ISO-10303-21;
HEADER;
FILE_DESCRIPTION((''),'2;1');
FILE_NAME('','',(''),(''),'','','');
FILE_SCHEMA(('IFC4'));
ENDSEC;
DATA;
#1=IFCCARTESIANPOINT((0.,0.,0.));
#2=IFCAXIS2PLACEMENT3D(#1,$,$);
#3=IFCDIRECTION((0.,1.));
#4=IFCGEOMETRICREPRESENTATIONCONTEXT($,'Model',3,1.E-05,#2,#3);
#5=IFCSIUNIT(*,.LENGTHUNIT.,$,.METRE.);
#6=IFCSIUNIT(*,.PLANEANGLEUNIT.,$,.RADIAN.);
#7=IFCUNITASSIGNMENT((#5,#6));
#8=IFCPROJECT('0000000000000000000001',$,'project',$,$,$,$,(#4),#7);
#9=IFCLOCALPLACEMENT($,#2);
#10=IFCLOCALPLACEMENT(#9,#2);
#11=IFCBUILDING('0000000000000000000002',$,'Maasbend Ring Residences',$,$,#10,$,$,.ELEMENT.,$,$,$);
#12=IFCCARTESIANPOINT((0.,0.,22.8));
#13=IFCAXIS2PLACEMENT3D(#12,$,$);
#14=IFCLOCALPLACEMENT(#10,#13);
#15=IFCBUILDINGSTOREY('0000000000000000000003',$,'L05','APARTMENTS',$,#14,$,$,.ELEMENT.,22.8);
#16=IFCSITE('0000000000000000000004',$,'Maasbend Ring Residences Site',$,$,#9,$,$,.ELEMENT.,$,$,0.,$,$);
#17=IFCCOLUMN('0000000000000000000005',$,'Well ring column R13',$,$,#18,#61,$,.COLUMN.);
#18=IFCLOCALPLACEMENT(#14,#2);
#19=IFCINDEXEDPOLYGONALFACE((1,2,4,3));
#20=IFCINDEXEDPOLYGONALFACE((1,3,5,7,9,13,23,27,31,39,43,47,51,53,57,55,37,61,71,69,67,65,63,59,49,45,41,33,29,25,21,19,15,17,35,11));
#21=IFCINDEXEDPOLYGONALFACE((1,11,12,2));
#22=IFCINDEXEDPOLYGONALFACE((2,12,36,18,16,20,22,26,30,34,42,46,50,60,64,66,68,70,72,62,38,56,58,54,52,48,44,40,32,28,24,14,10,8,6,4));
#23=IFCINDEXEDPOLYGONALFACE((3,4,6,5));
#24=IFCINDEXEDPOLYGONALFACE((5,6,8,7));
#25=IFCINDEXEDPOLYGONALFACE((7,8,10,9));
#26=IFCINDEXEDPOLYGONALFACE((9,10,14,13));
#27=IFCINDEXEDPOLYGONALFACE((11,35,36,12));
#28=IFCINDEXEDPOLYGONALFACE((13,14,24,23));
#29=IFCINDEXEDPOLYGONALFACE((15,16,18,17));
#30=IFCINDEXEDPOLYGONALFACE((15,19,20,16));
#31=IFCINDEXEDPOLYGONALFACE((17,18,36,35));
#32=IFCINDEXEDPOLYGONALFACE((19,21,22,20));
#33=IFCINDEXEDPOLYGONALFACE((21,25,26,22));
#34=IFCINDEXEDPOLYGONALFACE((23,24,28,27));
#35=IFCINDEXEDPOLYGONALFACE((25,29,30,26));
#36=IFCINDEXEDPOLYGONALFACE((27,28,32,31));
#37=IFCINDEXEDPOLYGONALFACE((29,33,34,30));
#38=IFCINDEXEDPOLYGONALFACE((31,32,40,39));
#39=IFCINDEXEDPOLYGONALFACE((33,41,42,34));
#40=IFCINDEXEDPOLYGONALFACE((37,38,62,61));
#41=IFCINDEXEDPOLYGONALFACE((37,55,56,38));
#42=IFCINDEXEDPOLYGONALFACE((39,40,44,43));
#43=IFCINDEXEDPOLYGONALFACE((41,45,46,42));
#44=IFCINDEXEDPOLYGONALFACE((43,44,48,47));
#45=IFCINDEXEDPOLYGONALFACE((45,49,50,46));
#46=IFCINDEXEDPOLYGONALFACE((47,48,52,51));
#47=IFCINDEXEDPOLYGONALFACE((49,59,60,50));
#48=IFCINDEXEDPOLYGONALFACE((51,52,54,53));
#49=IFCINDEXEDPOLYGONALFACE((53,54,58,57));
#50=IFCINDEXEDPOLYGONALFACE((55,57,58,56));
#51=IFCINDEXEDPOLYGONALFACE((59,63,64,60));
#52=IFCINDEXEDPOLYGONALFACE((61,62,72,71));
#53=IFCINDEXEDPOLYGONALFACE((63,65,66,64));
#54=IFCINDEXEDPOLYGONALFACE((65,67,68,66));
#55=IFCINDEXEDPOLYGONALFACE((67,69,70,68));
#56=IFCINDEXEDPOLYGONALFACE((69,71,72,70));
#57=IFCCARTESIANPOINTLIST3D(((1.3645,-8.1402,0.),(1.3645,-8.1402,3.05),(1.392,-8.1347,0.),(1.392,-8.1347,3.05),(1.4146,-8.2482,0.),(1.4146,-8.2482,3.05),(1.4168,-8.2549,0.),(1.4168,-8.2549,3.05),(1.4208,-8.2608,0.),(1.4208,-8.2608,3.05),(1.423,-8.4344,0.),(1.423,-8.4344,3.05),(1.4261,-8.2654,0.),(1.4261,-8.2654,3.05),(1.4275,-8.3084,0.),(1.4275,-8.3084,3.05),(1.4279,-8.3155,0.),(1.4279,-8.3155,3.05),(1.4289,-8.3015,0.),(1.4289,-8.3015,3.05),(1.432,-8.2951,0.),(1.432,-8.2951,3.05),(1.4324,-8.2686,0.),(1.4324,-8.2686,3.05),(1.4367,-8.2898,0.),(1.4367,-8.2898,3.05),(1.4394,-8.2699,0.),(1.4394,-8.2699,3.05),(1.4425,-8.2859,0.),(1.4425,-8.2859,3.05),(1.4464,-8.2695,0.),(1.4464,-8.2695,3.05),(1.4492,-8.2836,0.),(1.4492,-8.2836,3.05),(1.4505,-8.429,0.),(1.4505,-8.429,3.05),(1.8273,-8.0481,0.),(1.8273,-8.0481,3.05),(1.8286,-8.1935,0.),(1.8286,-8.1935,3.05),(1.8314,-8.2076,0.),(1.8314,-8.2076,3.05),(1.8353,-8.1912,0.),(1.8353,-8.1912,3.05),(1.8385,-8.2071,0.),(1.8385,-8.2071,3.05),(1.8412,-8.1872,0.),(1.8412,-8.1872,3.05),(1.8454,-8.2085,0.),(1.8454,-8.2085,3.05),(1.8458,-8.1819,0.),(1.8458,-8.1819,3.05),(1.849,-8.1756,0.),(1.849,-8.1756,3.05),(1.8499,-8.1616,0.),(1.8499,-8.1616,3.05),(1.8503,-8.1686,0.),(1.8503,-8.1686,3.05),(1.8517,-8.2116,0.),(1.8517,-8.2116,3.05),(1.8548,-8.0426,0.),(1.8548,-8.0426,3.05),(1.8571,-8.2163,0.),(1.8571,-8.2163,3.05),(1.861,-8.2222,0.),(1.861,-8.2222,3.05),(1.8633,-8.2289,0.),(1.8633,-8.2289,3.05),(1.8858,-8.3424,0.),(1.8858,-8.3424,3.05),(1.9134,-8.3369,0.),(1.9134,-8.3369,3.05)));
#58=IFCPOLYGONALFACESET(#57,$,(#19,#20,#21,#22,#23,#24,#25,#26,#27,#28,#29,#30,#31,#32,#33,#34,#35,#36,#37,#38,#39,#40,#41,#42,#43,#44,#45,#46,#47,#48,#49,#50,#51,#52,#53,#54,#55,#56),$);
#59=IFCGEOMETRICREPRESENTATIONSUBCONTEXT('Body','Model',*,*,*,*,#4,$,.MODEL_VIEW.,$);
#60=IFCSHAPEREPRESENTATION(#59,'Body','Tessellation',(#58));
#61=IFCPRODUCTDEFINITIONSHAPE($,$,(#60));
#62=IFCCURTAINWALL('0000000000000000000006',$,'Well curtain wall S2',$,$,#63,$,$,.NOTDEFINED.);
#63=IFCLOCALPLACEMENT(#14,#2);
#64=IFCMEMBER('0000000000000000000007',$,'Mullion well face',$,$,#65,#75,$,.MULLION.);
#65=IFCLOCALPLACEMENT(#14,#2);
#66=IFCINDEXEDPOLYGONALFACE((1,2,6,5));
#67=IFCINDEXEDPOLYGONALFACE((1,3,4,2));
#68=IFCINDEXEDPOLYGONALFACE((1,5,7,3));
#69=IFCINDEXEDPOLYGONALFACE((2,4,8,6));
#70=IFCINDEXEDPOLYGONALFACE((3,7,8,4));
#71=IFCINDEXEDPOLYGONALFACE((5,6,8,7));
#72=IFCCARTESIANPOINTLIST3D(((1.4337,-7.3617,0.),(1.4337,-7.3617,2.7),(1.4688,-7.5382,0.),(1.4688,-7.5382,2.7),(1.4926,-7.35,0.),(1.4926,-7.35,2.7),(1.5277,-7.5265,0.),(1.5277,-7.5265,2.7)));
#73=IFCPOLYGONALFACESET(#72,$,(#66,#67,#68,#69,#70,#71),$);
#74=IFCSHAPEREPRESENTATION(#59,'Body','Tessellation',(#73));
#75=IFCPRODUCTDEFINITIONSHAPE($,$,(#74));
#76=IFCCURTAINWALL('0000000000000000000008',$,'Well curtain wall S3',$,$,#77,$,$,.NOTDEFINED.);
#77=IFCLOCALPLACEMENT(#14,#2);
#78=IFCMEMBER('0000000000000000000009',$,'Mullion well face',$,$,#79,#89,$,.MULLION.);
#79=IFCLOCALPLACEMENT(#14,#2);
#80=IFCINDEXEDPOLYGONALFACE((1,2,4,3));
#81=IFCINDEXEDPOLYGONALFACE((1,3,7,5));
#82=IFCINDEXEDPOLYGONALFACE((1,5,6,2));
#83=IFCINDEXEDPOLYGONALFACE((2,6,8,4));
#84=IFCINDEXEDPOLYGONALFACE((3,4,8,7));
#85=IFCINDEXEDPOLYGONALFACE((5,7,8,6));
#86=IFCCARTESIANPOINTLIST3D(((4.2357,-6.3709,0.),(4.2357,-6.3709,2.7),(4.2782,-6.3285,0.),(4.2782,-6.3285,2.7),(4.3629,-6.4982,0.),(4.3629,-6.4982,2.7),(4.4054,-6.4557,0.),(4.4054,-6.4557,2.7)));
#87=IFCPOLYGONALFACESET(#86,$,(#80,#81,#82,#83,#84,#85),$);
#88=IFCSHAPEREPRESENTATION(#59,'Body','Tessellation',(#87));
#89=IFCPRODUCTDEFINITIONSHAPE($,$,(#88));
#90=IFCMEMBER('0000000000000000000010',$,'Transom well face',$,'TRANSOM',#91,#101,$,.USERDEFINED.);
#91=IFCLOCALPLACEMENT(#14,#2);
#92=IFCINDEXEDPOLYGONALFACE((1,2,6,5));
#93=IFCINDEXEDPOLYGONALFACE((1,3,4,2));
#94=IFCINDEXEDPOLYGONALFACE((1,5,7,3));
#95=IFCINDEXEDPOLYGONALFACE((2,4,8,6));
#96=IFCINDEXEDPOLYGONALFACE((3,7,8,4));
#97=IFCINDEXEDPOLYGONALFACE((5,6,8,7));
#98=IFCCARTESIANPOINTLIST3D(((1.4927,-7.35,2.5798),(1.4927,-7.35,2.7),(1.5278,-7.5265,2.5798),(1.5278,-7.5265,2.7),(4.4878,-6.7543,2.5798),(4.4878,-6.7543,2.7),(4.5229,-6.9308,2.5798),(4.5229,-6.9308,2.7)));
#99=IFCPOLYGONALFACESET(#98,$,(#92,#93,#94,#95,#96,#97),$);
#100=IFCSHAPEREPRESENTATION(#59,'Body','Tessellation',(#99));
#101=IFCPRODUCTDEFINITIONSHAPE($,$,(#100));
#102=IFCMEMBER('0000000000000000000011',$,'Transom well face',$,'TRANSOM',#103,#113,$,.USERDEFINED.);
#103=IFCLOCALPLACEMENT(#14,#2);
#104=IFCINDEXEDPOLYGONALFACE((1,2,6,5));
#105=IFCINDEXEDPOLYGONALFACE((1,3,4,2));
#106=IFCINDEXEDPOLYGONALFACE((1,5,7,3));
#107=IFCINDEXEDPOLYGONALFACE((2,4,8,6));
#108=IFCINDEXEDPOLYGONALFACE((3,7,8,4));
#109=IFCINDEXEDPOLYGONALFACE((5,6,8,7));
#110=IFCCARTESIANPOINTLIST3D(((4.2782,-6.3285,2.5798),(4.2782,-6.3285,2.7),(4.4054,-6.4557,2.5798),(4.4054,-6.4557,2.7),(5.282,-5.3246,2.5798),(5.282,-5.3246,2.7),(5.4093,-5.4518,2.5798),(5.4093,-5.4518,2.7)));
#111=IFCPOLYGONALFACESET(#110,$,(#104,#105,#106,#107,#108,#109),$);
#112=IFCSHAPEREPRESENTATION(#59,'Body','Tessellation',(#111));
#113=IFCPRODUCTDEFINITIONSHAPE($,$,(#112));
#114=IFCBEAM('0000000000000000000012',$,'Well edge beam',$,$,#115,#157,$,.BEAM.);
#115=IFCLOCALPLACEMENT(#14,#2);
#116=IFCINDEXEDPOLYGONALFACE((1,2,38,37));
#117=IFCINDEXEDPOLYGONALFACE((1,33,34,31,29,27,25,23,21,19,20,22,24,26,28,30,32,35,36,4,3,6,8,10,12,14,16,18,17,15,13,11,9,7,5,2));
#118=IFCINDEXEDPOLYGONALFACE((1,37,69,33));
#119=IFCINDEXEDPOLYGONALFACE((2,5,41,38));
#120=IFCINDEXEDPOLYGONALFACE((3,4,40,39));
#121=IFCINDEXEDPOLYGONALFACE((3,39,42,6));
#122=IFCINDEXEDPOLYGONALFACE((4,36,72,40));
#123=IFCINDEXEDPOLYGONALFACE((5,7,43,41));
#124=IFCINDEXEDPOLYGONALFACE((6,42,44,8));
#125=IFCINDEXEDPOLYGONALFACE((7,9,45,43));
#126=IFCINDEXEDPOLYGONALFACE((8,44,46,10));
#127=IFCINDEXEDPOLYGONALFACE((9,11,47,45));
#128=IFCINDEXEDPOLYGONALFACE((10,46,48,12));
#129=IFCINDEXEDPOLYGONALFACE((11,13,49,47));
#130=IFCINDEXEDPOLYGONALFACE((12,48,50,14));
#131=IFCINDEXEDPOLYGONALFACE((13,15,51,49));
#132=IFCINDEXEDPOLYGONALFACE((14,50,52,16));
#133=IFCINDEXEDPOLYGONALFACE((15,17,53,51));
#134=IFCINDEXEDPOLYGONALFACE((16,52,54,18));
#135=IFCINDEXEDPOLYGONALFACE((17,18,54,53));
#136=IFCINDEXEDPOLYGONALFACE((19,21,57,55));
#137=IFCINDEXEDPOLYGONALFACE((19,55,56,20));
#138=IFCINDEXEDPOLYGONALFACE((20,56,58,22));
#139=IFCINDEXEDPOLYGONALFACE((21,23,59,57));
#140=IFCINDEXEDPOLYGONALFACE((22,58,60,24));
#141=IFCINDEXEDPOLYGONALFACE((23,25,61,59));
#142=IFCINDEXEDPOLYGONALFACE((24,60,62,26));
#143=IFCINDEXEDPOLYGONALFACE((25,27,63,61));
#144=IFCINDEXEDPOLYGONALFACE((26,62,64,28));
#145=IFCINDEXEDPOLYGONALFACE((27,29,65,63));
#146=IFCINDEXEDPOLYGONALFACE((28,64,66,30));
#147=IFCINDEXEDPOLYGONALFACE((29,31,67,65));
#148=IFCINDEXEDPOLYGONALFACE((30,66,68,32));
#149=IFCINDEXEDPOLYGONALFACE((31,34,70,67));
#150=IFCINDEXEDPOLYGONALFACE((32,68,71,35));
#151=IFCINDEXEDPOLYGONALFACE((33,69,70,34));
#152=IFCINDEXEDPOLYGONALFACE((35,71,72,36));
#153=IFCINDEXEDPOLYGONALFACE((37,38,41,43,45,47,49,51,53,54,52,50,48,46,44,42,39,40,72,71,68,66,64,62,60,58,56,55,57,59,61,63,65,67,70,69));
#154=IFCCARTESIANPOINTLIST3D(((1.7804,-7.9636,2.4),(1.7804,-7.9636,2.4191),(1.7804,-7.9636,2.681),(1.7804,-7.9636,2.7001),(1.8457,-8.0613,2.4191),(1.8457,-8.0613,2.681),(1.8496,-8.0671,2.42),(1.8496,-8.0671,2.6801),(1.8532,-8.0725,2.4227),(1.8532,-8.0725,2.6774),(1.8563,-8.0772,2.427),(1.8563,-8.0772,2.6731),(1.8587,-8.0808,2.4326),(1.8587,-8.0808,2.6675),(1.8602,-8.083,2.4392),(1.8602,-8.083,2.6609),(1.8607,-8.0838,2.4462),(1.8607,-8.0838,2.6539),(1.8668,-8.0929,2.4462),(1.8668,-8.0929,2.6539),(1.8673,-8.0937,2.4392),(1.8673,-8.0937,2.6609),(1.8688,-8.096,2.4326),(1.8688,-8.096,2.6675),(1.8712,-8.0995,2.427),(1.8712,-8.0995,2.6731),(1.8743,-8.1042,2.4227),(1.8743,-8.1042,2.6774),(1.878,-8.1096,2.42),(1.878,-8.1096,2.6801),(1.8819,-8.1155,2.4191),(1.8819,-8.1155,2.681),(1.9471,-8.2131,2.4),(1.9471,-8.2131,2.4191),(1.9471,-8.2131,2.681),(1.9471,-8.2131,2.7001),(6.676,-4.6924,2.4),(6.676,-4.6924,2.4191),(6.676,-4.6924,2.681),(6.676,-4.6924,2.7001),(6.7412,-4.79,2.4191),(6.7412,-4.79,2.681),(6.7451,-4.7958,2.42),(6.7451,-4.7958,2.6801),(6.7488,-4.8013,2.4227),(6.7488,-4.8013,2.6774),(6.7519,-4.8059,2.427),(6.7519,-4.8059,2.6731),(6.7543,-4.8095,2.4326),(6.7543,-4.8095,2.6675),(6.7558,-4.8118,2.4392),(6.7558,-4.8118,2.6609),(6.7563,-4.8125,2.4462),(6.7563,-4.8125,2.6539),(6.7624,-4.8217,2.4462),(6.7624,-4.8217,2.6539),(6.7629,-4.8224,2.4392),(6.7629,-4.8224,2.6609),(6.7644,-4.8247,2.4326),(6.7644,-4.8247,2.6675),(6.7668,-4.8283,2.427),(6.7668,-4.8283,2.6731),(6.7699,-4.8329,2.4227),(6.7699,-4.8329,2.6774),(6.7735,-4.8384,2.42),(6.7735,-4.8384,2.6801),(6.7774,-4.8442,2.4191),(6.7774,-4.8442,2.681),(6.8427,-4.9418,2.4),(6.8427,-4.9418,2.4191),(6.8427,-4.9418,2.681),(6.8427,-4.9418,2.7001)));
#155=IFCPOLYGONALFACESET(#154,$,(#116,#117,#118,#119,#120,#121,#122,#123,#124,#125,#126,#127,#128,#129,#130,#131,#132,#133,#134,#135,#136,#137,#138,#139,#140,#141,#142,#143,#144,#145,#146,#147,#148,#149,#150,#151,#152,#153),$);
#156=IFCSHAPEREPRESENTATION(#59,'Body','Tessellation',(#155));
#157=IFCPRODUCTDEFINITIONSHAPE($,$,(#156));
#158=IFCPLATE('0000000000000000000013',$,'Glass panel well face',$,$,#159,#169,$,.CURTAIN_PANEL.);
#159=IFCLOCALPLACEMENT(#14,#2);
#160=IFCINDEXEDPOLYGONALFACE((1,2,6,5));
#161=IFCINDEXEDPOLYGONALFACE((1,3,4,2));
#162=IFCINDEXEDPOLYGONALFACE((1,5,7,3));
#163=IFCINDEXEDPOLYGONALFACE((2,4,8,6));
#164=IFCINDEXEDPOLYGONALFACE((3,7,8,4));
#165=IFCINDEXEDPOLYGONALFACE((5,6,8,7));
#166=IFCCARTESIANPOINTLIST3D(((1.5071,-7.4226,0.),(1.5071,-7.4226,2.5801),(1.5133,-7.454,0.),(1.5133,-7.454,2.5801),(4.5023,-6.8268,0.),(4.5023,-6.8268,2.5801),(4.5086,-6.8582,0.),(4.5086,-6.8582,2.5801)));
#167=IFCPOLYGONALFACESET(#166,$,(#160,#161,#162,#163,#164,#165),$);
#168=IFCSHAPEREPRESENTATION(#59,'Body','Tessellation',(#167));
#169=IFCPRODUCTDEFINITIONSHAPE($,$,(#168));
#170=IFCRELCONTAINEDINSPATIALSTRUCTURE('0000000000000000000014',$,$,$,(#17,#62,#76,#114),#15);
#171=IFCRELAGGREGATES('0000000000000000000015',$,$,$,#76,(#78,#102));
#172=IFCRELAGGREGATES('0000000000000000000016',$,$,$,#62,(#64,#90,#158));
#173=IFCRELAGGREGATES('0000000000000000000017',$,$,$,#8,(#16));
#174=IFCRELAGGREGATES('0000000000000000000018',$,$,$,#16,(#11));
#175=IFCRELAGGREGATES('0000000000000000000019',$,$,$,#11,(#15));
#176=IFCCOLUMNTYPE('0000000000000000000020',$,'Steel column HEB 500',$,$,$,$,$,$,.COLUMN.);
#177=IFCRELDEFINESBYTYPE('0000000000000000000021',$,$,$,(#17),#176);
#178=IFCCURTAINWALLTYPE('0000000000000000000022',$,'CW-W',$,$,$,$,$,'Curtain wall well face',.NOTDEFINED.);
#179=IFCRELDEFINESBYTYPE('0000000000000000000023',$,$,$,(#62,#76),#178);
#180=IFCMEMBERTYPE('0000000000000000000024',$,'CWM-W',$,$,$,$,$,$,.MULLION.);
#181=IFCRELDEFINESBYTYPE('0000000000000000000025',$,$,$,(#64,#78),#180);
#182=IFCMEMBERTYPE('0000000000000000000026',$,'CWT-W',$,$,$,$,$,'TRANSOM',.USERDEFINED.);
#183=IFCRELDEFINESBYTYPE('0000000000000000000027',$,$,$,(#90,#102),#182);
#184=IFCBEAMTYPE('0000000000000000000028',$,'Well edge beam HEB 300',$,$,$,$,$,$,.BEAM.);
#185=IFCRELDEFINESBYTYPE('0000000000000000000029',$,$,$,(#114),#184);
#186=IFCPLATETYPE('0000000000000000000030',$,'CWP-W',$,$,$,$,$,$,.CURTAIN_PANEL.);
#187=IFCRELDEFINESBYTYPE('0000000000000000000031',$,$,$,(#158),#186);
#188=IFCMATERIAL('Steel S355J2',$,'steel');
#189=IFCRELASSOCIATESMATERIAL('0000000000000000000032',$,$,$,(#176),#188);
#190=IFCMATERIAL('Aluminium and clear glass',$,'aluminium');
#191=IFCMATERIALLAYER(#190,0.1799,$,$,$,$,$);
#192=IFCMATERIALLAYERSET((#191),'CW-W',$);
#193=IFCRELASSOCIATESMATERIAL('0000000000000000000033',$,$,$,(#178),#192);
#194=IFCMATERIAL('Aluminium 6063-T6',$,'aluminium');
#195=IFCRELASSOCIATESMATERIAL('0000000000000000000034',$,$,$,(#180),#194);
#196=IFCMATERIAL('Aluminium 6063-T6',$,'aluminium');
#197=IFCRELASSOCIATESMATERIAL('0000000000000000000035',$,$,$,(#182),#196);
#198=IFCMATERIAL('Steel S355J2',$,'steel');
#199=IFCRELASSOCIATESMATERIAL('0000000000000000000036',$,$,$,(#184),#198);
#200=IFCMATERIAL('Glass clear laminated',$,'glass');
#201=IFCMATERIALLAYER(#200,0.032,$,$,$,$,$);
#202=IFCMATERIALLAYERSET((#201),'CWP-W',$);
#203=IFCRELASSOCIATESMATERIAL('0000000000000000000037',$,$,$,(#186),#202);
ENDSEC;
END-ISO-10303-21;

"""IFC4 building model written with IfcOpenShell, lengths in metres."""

from ifc_helpers import new_model, si_unit, direction, frame, origin, origin_2d, place, context, subcontext, project, spatial, rectangle, i_section, extrude, material, layer, layer_set, material_profile, profile_set, type_object, element, aggregate, save


model = new_model("IFC4")

# Units and contexts
model_context = context("Model", 3, precision=1e-05, world=origin(), true_north=direction((0.0, 1.0)))
body_context = subcontext(model_context, "Body", "Model", "MODEL_VIEW")
ifc_project = project(units=[si_unit("LENGTHUNIT", "METRE"), si_unit("PLANEANGLEUNIT", "RADIAN")], contexts=[model_context])

# Site, building, storey
site_placement = place(None, origin())
site = spatial("IfcSite", under=ifc_project, at=site_placement, Name="Maasbend Ring Residences Site", CompositionType="ELEMENT", RefElevation=0.0)
building_placement = place(site_placement, origin())
building = spatial("IfcBuilding", under=site, at=building_placement, Name="Maasbend Ring Residences", CompositionType="ELEMENT")
storey_placement = place(building_placement, frame((0.0, 0.0, 22.8)))
storey = spatial("IfcBuildingStorey", under=building, at=storey_placement, Name="L05", Description="APARTMENTS", CompositionType="ELEMENT", Elevation=22.8)

# Column
ifc_material_1 = material(Name="Steel S355J2", Category="steel")
ifc_material_profile_1 = material_profile(ifc_material_1, i_section(OverallWidth=0.3, OverallDepth=0.5, WebThickness=0.0144, FlangeThickness=0.0281, FilletRadius=0.0271, at=origin_2d()), Name="HEB 500")
ifc_profile_set_1 = profile_set([ifc_material_profile_1], Name="Steel S355J2")
column_type = type_object("IfcColumnType", Name="Steel column HEB 500", PredefinedType="COLUMN", material=ifc_profile_set_1)
column_placement = place(storey_placement, frame((1.6389, -8.2385, 0.0), z_axis=(0.0, 0.0, 1.0), x_axis=(0.19509, -0.980785, 0.0)))
element("IfcColumn", 1, at=column_placement, inside=storey, type_object=column_type, Name="Well ring column R13", PredefinedType="COLUMN", context=body_context, shape_type="SweptSolid", body=[
    extrude(i_section(OverallWidth=0.3, OverallDepth=0.5, WebThickness=0.0144, FlangeThickness=0.0281, FilletRadius=0.0271, at=origin_2d()), origin(), (0.0, 0.0, 1.0), 3.05),
])

# Curtain walls, members
ifc_material_2 = material(Name="Aluminium and clear glass", Category="aluminium")
ifc_layer_1 = layer(ifc_material_2, 0.1799)
ifc_layer_set_1 = layer_set([ifc_layer_1], Name="CW-W")
curtain_wall_type = type_object("IfcCurtainWallType", Name="CW-W", ElementType="Curtain wall well face", PredefinedType="NOTDEFINED", material=ifc_layer_set_1)
curtain_wall_1_placement = place(storey_placement, origin())
curtain_wall_1 = element("IfcCurtainWall", 2, at=curtain_wall_1_placement, inside=storey, type_object=curtain_wall_type, Name="Well curtain wall S2", PredefinedType="NOTDEFINED")
ifc_material_3 = material(Name="Aluminium 6063-T6", Category="aluminium")
ifc_material_profile_2 = material_profile(ifc_material_3, rectangle(XDim=0.1799, YDim=0.0601, at=origin_2d()), Name="AL 180x60")
ifc_profile_set_2 = profile_set([ifc_material_profile_2], Name="Aluminium 6063-T6")
member_type_1 = type_object("IfcMemberType", Name="CWM-W", PredefinedType="MULLION", material=ifc_profile_set_2)
member_1_placement = place(storey_placement, frame((1.4807, -7.4441, 0.0), z_axis=(0.0, 0.0, 1.0), x_axis=(-0.19509, 0.980785, 0.0)))
member_1 = element("IfcMember", 3, at=member_1_placement, type_object=member_type_1, Name="Mullion well face", PredefinedType="MULLION", context=body_context, shape_type="SweptSolid", body=[
    extrude(rectangle(XDim=0.1799, YDim=0.0601, at=origin_2d()), origin(), (0.0, 0.0, 1.0), 2.7),
])
curtain_wall_2_placement = place(storey_placement, origin())
curtain_wall_2 = element("IfcCurtainWall", 4, at=curtain_wall_2_placement, inside=storey, type_object=curtain_wall_type, Name="Well curtain wall S3", PredefinedType="NOTDEFINED")
member_2_placement = place(storey_placement, frame((4.3206, -6.4133, 0.0), z_axis=(0.0, 0.0, 1.0), x_axis=(-0.707107, 0.707107, 0.0)))
member_2 = element("IfcMember", 5, at=member_2_placement, type_object=member_type_1, Name="Mullion well face", PredefinedType="MULLION", context=body_context, shape_type="SweptSolid", body=[
    extrude(rectangle(XDim=0.1799, YDim=0.0601, at=origin_2d()), origin(), (0.0, 0.0, 1.0), 2.7),
])

# Members
ifc_material_4 = material(Name="Aluminium 6063-T6", Category="aluminium")
ifc_material_profile_3 = material_profile(ifc_material_4, rectangle(XDim=0.1799, YDim=0.1201, at=origin_2d()), Name="AL 180x120")
ifc_profile_set_3 = profile_set([ifc_material_profile_3], Name="Aluminium 6063-T6")
member_type_2 = type_object("IfcMemberType", Name="CWT-W", ElementType="TRANSOM", PredefinedType="USERDEFINED", material=ifc_profile_set_3)
member_3_placement = place(storey_placement, frame((1.5103, -7.4382, 2.6399), z_axis=(0.980789, 0.195071, 0.0), x_axis=(-0.195071, 0.980789, 0.0)))
member_3 = element("IfcMember", 6, at=member_3_placement, type_object=member_type_2, Name="Transom well face", ObjectType="TRANSOM", PredefinedType="USERDEFINED", context=body_context, shape_type="SweptSolid", body=[
    extrude(rectangle(XDim=0.1799, YDim=0.1201, at=origin_2d()), origin(), (0.0, 0.0, 1.0), 3.0537),
])
member_4_placement = place(storey_placement, frame((4.3418, -6.3921, 2.6399), z_axis=(0.707107, 0.707107, 0.0), x_axis=(-0.707107, 0.707107, 0.0)))
member_4 = element("IfcMember", 7, at=member_4_placement, type_object=member_type_2, Name="Transom well face", ObjectType="TRANSOM", PredefinedType="USERDEFINED", context=body_context, shape_type="SweptSolid", body=[
    extrude(rectangle(XDim=0.1799, YDim=0.1201, at=origin_2d()), origin(), (0.0, 0.0, 1.0), 1.4197),
])
aggregate(curtain_wall_2, [member_2, member_4])

# Beam
ifc_material_5 = material(Name="Steel S355J2", Category="steel")
ifc_material_profile_4 = material_profile(ifc_material_5, i_section(OverallWidth=0.3, OverallDepth=0.3, WebThickness=0.011, FlangeThickness=0.019, FilletRadius=0.0271, at=origin_2d()), Name="HEB 300")
ifc_profile_set_4 = profile_set([ifc_material_profile_4], Name="Steel S355J2")
beam_type = type_object("IfcBeamType", Name="Well edge beam HEB 300", PredefinedType="BEAM", material=ifc_profile_set_4)
beam_placement = place(storey_placement, frame((1.8638, -8.0884, 2.55), z_axis=(0.831457, 0.55559, 0.0), x_axis=(-0.55559, 0.831457, 0.0)))
element("IfcBeam", 8, at=beam_placement, inside=storey, type_object=beam_type, Name="Well edge beam", PredefinedType="BEAM", context=body_context, shape_type="SweptSolid", body=[
    extrude(i_section(OverallWidth=0.3, OverallDepth=0.3, WebThickness=0.011, FlangeThickness=0.019, FilletRadius=0.0271, at=origin_2d()), origin(), (0.0, 0.0, 1.0), 5.8879),
])

# Plate
ifc_material_6 = material(Name="Glass clear laminated", Category="glass")
ifc_layer_2 = layer(ifc_material_6, 0.032)
ifc_layer_set_2 = layer_set([ifc_layer_2], Name="CWP-W")
plate_type = type_object("IfcPlateType", Name="CWP-W", PredefinedType="CURTAIN_PANEL", material=ifc_layer_set_2)
plate_placement = place(storey_placement, frame((3.0078, -7.1404, 0.0), z_axis=(0.0, 0.0, 1.0), x_axis=(0.980785, 0.19509, 0.0)))
plate = element("IfcPlate", 9, at=plate_placement, type_object=plate_type, Name="Glass panel well face", PredefinedType="CURTAIN_PANEL", context=body_context, shape_type="SweptSolid", body=[
    extrude(rectangle(XDim=3.054, YDim=0.032, at=origin_2d()), origin(), (0.0, 0.0, 1.0), 2.5801),
])
aggregate(curtain_wall_1, [member_1, member_3, plate])

save(model, "model.ifc")
